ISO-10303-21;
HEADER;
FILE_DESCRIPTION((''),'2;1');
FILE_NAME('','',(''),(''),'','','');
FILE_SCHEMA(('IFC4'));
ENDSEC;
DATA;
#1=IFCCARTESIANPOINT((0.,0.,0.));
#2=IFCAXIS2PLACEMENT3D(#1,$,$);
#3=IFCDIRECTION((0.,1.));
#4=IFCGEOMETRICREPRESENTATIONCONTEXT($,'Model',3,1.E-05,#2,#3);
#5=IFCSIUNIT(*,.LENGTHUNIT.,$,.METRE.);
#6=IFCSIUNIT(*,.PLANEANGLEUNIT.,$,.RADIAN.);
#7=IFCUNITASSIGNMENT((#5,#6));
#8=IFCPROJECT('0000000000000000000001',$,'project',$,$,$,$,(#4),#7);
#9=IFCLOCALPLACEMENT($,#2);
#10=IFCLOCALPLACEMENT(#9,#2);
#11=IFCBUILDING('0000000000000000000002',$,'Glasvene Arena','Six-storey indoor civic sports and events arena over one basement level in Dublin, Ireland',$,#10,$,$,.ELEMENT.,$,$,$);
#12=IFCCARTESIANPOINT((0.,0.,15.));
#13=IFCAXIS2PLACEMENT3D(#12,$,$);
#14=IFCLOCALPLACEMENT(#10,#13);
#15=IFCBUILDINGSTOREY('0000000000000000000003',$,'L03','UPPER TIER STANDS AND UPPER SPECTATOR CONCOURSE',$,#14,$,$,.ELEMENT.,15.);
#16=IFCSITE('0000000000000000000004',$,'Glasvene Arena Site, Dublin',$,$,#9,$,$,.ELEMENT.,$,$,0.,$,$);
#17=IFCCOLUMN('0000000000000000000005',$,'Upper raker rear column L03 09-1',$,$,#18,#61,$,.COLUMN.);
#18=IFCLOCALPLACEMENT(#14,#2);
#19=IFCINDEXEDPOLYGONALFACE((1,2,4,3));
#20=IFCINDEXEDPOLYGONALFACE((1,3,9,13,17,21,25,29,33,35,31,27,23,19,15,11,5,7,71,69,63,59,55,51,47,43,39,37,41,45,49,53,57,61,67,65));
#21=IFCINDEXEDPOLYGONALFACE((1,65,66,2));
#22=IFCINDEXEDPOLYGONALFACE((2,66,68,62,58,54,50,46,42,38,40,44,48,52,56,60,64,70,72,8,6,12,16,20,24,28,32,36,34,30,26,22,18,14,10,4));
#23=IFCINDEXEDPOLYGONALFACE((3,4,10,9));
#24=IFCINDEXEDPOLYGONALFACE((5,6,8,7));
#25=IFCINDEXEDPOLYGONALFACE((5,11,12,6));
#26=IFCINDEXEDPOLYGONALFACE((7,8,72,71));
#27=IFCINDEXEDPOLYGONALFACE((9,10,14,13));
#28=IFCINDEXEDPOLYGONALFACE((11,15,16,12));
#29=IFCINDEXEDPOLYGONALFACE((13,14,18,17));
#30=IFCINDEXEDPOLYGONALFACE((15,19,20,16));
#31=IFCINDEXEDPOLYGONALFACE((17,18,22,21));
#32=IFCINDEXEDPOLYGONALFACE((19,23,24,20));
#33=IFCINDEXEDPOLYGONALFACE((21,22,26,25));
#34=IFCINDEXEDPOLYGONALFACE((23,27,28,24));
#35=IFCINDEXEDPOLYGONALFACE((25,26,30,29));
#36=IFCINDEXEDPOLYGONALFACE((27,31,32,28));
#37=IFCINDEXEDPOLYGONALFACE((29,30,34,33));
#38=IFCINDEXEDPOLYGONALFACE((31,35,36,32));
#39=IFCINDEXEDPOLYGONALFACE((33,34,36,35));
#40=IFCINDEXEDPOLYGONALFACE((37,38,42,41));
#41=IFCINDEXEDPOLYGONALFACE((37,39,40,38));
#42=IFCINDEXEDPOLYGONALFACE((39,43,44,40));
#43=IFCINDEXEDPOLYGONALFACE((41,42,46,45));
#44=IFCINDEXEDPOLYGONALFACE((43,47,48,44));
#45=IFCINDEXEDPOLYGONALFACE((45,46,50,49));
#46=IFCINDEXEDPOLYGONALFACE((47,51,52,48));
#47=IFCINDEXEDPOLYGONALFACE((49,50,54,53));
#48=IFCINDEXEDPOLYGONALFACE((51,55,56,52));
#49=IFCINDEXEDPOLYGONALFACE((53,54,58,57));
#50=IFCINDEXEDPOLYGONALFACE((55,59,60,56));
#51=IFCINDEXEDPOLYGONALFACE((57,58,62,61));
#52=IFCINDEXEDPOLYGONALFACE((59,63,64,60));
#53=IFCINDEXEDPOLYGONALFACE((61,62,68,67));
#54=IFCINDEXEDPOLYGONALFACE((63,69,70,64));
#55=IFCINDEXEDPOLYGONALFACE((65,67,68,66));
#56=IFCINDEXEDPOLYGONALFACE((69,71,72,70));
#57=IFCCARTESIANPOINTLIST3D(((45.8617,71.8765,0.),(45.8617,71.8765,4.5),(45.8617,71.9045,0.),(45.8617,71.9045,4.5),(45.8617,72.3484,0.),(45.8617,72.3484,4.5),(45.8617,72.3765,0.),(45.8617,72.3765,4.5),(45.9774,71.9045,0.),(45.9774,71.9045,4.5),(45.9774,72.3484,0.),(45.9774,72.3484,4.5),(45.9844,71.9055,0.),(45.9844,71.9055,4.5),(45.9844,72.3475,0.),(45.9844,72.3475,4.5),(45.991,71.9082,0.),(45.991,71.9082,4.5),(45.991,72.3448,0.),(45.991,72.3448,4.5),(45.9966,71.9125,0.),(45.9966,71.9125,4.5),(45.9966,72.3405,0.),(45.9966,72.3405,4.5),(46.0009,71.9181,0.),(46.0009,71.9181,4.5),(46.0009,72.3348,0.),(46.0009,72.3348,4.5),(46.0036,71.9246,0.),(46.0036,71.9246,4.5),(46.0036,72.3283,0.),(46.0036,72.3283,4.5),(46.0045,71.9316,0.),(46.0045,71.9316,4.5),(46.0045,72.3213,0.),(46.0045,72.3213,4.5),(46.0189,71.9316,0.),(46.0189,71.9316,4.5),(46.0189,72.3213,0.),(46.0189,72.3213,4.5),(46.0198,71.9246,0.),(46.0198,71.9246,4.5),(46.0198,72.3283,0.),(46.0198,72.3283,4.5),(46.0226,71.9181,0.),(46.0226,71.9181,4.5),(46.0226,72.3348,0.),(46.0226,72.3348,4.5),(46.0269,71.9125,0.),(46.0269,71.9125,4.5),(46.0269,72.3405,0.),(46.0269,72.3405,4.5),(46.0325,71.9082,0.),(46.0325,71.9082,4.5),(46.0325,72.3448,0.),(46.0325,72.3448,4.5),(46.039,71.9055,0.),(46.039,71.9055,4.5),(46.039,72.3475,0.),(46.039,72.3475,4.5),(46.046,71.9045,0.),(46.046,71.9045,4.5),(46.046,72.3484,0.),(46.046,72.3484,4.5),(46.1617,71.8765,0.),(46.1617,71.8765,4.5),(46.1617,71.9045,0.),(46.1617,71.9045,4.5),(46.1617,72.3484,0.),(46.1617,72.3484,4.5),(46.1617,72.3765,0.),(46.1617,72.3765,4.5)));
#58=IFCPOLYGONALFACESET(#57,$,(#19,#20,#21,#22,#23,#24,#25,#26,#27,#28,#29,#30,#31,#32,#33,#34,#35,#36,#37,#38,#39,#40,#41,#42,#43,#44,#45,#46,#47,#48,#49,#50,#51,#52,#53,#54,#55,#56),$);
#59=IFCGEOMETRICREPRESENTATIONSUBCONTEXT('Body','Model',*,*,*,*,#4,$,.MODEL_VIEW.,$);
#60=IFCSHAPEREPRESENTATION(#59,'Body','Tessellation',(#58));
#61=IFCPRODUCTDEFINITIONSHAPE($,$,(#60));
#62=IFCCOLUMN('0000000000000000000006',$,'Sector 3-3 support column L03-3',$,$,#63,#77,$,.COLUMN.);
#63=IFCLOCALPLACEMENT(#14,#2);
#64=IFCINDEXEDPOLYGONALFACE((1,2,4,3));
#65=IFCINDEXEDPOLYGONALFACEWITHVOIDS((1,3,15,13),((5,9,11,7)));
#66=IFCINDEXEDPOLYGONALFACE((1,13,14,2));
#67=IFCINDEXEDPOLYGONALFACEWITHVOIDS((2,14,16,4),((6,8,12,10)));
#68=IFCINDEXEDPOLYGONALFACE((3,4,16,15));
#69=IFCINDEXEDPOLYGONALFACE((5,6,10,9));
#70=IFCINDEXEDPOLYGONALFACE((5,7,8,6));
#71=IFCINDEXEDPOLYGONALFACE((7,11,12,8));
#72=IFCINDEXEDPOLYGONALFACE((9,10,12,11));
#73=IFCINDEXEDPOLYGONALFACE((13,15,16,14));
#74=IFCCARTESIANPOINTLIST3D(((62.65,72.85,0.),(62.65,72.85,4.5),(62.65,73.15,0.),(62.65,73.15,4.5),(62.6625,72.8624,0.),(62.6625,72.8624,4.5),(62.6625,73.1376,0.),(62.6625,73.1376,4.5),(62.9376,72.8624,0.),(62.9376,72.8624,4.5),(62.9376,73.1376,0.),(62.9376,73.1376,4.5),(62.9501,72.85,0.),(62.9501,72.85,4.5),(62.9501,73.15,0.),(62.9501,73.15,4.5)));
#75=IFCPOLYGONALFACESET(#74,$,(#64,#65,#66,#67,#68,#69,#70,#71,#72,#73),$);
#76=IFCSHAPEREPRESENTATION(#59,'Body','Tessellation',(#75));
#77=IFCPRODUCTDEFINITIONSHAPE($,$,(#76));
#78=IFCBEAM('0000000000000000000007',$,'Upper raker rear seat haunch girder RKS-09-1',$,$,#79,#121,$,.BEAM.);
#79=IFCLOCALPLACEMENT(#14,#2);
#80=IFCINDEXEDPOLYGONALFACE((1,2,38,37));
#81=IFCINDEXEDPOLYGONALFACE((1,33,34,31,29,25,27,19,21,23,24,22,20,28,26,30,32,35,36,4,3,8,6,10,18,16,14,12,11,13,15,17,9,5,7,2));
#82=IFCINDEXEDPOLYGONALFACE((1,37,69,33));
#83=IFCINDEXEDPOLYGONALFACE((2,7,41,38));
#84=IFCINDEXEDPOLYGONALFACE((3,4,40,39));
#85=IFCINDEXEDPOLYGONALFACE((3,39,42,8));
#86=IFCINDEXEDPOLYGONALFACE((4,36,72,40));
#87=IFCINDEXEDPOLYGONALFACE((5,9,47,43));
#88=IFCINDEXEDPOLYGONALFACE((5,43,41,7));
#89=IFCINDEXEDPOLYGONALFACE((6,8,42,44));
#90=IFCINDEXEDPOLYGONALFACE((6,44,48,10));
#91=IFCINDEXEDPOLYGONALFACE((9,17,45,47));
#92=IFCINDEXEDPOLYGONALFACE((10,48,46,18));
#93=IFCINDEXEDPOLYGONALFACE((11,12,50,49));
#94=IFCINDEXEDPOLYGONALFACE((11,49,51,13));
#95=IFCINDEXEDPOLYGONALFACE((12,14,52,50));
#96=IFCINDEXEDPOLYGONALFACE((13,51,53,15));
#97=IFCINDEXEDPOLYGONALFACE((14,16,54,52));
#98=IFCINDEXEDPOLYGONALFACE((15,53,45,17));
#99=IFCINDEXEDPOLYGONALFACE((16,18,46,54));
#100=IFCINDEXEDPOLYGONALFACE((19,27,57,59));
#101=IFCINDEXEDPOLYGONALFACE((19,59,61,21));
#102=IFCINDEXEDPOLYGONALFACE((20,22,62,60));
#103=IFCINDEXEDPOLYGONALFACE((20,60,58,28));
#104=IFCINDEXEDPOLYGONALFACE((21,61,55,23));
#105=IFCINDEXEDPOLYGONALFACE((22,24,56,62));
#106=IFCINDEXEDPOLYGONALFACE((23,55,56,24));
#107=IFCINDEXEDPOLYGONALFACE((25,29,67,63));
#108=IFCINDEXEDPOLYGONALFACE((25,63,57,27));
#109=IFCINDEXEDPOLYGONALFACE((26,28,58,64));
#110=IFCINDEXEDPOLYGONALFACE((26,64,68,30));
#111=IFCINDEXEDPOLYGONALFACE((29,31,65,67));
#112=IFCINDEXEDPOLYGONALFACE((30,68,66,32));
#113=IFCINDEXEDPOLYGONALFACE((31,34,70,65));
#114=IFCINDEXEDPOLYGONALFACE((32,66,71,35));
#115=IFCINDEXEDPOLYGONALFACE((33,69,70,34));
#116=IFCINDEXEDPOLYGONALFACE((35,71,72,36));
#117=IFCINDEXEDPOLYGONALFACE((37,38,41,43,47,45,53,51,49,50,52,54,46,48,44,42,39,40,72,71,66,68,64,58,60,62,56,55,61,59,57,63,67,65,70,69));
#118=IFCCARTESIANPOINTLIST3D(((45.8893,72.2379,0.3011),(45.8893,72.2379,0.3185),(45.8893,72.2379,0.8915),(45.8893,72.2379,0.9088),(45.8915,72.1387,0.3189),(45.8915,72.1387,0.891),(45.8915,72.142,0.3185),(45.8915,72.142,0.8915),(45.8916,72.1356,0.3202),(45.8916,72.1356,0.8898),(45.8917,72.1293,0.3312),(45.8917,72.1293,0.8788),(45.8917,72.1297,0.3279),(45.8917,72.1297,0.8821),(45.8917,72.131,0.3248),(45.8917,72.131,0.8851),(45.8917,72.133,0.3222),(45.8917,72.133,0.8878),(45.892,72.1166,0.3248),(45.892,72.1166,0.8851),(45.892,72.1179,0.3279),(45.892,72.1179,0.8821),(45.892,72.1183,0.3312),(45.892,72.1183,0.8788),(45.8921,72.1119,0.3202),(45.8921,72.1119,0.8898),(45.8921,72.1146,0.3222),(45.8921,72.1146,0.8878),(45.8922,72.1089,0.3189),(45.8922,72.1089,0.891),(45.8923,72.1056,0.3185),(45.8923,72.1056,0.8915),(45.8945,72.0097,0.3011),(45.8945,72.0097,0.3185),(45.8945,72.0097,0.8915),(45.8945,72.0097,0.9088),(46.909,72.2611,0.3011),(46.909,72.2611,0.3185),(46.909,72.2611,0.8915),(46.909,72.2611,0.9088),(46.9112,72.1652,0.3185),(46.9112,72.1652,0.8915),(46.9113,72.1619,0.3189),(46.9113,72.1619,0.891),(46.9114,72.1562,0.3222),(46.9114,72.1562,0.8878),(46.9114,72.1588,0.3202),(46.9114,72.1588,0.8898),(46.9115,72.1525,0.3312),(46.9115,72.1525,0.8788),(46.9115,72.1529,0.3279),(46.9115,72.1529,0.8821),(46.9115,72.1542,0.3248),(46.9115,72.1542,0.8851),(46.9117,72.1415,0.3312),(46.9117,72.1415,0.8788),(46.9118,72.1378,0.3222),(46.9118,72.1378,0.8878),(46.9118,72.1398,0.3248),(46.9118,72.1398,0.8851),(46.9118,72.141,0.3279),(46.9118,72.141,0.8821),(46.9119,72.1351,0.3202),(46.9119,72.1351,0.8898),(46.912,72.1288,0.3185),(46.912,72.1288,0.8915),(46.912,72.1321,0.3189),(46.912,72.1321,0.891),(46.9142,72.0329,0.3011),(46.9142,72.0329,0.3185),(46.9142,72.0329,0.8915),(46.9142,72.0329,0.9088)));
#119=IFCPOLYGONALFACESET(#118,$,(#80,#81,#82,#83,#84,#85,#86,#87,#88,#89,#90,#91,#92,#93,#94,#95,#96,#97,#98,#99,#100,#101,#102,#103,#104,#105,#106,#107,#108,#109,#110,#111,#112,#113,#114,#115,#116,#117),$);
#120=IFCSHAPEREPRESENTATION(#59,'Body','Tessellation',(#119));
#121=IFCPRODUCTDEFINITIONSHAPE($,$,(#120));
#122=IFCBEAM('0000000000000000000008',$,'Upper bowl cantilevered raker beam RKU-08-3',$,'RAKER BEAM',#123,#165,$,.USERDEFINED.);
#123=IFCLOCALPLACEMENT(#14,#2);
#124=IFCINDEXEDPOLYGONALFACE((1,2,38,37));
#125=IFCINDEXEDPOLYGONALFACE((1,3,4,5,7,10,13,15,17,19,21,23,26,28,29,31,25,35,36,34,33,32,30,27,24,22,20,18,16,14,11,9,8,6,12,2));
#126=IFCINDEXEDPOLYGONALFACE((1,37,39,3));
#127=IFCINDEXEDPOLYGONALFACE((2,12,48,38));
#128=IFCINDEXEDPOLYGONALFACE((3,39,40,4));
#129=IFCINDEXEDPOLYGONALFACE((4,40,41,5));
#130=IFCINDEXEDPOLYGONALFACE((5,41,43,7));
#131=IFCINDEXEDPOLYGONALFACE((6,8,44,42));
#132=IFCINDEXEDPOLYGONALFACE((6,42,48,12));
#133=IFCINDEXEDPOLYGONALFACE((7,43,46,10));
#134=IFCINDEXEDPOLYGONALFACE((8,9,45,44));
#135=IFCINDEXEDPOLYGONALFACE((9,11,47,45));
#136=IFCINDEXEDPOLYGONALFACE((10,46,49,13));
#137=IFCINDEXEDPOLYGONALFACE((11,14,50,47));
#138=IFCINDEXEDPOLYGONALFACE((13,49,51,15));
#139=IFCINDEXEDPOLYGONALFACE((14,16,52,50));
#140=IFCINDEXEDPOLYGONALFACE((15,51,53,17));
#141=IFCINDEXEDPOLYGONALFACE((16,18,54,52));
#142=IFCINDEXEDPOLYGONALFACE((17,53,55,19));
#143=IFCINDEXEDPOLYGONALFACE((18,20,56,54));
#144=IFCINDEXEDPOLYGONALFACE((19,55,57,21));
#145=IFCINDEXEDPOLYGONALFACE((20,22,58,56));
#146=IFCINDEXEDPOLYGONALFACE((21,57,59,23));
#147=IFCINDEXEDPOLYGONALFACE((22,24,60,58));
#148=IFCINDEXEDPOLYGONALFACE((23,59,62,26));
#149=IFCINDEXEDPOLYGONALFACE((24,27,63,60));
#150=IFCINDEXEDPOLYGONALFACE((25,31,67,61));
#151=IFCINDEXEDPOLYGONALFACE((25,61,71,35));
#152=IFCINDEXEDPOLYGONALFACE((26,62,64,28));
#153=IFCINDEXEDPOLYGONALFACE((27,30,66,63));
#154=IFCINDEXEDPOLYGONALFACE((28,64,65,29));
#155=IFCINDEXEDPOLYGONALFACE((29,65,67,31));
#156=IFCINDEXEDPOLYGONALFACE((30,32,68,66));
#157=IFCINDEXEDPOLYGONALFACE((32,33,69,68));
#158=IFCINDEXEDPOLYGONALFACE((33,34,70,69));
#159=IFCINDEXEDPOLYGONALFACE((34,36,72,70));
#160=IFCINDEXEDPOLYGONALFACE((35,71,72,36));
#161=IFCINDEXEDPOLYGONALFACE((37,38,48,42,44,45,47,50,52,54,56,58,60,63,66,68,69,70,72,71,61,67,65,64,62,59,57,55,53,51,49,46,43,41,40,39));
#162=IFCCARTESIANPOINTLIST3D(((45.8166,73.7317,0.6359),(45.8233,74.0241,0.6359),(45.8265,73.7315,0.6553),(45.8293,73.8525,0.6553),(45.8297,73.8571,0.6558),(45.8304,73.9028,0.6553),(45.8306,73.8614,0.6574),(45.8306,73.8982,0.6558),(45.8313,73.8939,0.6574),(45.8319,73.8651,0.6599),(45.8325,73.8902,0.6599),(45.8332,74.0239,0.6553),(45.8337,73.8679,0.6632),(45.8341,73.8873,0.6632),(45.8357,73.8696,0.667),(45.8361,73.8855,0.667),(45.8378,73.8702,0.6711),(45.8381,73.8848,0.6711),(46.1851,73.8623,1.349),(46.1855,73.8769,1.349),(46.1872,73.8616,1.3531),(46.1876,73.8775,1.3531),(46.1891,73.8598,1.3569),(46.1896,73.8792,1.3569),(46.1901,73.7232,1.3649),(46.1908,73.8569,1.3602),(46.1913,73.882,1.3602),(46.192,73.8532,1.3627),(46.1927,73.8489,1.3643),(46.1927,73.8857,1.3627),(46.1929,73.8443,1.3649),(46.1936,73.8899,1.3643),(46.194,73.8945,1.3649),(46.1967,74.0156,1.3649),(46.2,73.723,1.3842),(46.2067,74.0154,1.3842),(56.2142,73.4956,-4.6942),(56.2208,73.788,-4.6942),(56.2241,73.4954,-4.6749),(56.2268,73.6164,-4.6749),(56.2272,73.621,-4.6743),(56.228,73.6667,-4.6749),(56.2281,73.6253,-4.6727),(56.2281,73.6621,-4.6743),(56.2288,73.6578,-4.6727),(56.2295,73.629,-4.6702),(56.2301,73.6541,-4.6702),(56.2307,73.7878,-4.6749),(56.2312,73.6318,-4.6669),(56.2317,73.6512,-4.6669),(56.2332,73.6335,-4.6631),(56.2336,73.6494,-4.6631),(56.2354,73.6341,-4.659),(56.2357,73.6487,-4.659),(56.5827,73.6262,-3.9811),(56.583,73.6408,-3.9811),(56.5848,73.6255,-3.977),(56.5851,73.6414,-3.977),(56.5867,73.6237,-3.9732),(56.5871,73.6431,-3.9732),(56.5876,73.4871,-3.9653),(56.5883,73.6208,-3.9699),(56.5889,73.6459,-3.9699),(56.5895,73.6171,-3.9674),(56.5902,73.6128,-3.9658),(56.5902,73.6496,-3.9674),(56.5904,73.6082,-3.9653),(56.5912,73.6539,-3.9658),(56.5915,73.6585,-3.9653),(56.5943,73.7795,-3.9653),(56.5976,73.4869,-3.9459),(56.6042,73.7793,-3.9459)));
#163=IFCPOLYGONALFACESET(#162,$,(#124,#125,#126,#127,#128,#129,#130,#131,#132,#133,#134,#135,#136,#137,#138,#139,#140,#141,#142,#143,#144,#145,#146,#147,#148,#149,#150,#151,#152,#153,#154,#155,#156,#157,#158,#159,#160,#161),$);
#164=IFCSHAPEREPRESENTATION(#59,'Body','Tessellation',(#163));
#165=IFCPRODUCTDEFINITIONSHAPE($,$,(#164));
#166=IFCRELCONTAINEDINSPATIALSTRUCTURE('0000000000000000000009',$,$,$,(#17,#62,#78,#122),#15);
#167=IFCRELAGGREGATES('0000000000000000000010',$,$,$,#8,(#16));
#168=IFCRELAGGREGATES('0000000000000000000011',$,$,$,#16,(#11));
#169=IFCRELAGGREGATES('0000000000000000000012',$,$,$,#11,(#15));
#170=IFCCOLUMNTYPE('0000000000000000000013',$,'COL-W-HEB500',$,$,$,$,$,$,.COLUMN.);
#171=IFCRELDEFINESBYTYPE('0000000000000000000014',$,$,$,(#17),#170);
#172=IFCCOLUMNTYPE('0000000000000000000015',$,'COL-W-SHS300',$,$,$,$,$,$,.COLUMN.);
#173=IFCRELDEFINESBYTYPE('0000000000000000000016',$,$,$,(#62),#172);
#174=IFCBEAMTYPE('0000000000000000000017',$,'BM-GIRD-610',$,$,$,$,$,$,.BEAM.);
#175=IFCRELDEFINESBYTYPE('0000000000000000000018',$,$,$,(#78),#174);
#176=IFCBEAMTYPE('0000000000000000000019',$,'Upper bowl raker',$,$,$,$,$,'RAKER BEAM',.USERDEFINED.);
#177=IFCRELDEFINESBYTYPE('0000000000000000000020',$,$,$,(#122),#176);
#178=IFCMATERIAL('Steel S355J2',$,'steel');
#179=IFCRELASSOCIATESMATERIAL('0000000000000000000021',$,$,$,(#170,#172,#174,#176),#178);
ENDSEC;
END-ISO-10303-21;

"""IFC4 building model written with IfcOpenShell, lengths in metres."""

from ifc_helpers import new_model, si_unit, direction, frame, origin, origin_2d, place, context, subcontext, project, spatial, hollow_rectangle, i_section, extrude, material, material_profile, profile_set, type_object, element, save


model = new_model("IFC4")

# Units and contexts
model_context = context("Model", 3, precision=1e-05, world=origin(), true_north=direction((0.0, 1.0)))
body_context = subcontext(model_context, "Body", "Model", "MODEL_VIEW")
ifc_project = project(units=[si_unit("LENGTHUNIT", "METRE"), si_unit("PLANEANGLEUNIT", "RADIAN")], contexts=[model_context])

# Site, building, storey
site_placement = place(None, origin())
site = spatial("IfcSite", under=ifc_project, at=site_placement, Name="Glasvene Arena Site, Dublin", CompositionType="ELEMENT", RefElevation=0.0)
building_placement = place(site_placement, origin())
building = spatial("IfcBuilding", under=site, at=building_placement, Name="Glasvene Arena", Description="Six-storey indoor civic sports and events arena over one basement level in Dublin, Ireland", CompositionType="ELEMENT")
storey_placement = place(building_placement, frame((0.0, 0.0, 15.0)))
storey = spatial("IfcBuildingStorey", under=building, at=storey_placement, Name="L03", Description="UPPER TIER STANDS AND UPPER SPECTATOR CONCOURSE", CompositionType="ELEMENT", Elevation=15.0)

# Columns
ifc_material_1 = material(Name="Steel S355J2", Category="steel")
ifc_material_profile_1 = material_profile(ifc_material_1, i_section(OverallWidth=0.3, OverallDepth=0.5, WebThickness=0.0144, FlangeThickness=0.0281, FilletRadius=0.0271, at=origin_2d()), Name="HEB 500")
ifc_profile_set_1 = profile_set([ifc_material_profile_1], Name="Steel S355J2")
column_type_1 = type_object("IfcColumnType", Name="COL-W-HEB500", PredefinedType="COLUMN", material=ifc_profile_set_1)
column_1_placement = place(storey_placement, frame((46.0117, 72.1265, 0.0), z_axis=(0.0, 0.0, 1.0), x_axis=(1.0, 0.0, 0.0)))
element("IfcColumn", 1, at=column_1_placement, inside=storey, type_object=column_type_1, Name="Upper raker rear column L03 09-1", PredefinedType="COLUMN", context=body_context, shape_type="SweptSolid", body=[
    extrude(i_section(OverallWidth=0.3, OverallDepth=0.5, WebThickness=0.0144, FlangeThickness=0.0281, FilletRadius=0.0271, at=origin_2d()), origin(), (0.0, 0.0, 1.0), 4.5),
])
ifc_material_profile_2 = material_profile(ifc_material_1, hollow_rectangle(XDim=0.3, YDim=0.3, WallThickness=0.0125, at=origin_2d()), Name="SHS 300x300x12.5")
ifc_profile_set_2 = profile_set([ifc_material_profile_2], Name="Steel S355J2")
column_type_2 = type_object("IfcColumnType", Name="COL-W-SHS300", PredefinedType="COLUMN", material=ifc_profile_set_2)
column_2_placement = place(storey_placement, frame((62.8, 73.0, 0.0), z_axis=(0.0, 0.0, 1.0), x_axis=(1.0, 0.0, 0.0)))
element("IfcColumn", 2, at=column_2_placement, inside=storey, type_object=column_type_2, Name="Sector 3-3 support column L03-3", PredefinedType="COLUMN", context=body_context, shape_type="SweptSolid", body=[
    extrude(hollow_rectangle(XDim=0.3, YDim=0.3, WallThickness=0.0125, at=origin_2d()), origin(), (0.0, 0.0, 1.0), 4.5),
])

# Beams
ifc_material_profile_3 = material_profile(ifc_material_1, i_section(OverallWidth=0.2283, OverallDepth=0.6077, WebThickness=0.011, FlangeThickness=0.0173, FilletRadius=0.0127, at=origin_2d()), Name="UKB 610x229x113")
ifc_profile_set_3 = profile_set([ifc_material_profile_3], Name="Steel S355J2")
beam_type_1 = type_object("IfcBeamType", Name="BM-GIRD-610", PredefinedType="BEAM", material=ifc_profile_set_3)
beam_1_placement = place(storey_placement, frame((46.9116, 72.147, 0.605), z_axis=(-0.999741, -0.022738, 0.0), x_axis=(0.022738, -0.999741, 0.0)))
element("IfcBeam", 3, at=beam_1_placement, inside=storey, type_object=beam_type_1, Name="Upper raker rear seat haunch girder RKS-09-1", PredefinedType="BEAM", context=body_context, shape_type="SweptSolid", body=[
    extrude(i_section(OverallWidth=0.2283, OverallDepth=0.6077, WebThickness=0.011, FlangeThickness=0.0173, FilletRadius=0.0127, at=origin_2d()), origin(), (0.0, 0.0, 1.0), 1.02),
])
ifc_material_profile_4 = material_profile(ifc_material_1, i_section(OverallWidth=0.2925, OverallDepth=0.8408, WebThickness=0.0146, FlangeThickness=0.0217, FilletRadius=0.0178, at=origin_2d()), Name="UKB 838x292x194")
ifc_profile_set_4 = profile_set([ifc_material_profile_4], Name="Steel S355J2")
beam_type_2 = type_object("IfcBeamType", Name="Upper bowl raker", ElementType="RAKER BEAM", PredefinedType="USERDEFINED", material=ifc_profile_set_4)
for number, where, z_axis, x_axis, name in (
    (4, (56.4092, 73.6375, -4.3201), (-0.889704, 0.020202, 0.456091), (-0.0227, -0.999742, 0.0), "Upper bowl cantilevered raker beam RKU-08-3"),
):
    element("IfcBeam", number, at=place(storey_placement, frame(where, z_axis=z_axis, x_axis=x_axis)), inside=storey, type_object=beam_type_2, Name=name, ObjectType="RAKER BEAM", PredefinedType="USERDEFINED", context=body_context, shape_type="SweptSolid", body=[
        extrude(i_section(OverallWidth=0.2925, OverallDepth=0.8408, WebThickness=0.0146, FlangeThickness=0.0217, FilletRadius=0.0178, at=origin_2d()), origin(), (0.0, 0.0, 1.0), 11.6865),
    ])

save(model, "model.ifc")
